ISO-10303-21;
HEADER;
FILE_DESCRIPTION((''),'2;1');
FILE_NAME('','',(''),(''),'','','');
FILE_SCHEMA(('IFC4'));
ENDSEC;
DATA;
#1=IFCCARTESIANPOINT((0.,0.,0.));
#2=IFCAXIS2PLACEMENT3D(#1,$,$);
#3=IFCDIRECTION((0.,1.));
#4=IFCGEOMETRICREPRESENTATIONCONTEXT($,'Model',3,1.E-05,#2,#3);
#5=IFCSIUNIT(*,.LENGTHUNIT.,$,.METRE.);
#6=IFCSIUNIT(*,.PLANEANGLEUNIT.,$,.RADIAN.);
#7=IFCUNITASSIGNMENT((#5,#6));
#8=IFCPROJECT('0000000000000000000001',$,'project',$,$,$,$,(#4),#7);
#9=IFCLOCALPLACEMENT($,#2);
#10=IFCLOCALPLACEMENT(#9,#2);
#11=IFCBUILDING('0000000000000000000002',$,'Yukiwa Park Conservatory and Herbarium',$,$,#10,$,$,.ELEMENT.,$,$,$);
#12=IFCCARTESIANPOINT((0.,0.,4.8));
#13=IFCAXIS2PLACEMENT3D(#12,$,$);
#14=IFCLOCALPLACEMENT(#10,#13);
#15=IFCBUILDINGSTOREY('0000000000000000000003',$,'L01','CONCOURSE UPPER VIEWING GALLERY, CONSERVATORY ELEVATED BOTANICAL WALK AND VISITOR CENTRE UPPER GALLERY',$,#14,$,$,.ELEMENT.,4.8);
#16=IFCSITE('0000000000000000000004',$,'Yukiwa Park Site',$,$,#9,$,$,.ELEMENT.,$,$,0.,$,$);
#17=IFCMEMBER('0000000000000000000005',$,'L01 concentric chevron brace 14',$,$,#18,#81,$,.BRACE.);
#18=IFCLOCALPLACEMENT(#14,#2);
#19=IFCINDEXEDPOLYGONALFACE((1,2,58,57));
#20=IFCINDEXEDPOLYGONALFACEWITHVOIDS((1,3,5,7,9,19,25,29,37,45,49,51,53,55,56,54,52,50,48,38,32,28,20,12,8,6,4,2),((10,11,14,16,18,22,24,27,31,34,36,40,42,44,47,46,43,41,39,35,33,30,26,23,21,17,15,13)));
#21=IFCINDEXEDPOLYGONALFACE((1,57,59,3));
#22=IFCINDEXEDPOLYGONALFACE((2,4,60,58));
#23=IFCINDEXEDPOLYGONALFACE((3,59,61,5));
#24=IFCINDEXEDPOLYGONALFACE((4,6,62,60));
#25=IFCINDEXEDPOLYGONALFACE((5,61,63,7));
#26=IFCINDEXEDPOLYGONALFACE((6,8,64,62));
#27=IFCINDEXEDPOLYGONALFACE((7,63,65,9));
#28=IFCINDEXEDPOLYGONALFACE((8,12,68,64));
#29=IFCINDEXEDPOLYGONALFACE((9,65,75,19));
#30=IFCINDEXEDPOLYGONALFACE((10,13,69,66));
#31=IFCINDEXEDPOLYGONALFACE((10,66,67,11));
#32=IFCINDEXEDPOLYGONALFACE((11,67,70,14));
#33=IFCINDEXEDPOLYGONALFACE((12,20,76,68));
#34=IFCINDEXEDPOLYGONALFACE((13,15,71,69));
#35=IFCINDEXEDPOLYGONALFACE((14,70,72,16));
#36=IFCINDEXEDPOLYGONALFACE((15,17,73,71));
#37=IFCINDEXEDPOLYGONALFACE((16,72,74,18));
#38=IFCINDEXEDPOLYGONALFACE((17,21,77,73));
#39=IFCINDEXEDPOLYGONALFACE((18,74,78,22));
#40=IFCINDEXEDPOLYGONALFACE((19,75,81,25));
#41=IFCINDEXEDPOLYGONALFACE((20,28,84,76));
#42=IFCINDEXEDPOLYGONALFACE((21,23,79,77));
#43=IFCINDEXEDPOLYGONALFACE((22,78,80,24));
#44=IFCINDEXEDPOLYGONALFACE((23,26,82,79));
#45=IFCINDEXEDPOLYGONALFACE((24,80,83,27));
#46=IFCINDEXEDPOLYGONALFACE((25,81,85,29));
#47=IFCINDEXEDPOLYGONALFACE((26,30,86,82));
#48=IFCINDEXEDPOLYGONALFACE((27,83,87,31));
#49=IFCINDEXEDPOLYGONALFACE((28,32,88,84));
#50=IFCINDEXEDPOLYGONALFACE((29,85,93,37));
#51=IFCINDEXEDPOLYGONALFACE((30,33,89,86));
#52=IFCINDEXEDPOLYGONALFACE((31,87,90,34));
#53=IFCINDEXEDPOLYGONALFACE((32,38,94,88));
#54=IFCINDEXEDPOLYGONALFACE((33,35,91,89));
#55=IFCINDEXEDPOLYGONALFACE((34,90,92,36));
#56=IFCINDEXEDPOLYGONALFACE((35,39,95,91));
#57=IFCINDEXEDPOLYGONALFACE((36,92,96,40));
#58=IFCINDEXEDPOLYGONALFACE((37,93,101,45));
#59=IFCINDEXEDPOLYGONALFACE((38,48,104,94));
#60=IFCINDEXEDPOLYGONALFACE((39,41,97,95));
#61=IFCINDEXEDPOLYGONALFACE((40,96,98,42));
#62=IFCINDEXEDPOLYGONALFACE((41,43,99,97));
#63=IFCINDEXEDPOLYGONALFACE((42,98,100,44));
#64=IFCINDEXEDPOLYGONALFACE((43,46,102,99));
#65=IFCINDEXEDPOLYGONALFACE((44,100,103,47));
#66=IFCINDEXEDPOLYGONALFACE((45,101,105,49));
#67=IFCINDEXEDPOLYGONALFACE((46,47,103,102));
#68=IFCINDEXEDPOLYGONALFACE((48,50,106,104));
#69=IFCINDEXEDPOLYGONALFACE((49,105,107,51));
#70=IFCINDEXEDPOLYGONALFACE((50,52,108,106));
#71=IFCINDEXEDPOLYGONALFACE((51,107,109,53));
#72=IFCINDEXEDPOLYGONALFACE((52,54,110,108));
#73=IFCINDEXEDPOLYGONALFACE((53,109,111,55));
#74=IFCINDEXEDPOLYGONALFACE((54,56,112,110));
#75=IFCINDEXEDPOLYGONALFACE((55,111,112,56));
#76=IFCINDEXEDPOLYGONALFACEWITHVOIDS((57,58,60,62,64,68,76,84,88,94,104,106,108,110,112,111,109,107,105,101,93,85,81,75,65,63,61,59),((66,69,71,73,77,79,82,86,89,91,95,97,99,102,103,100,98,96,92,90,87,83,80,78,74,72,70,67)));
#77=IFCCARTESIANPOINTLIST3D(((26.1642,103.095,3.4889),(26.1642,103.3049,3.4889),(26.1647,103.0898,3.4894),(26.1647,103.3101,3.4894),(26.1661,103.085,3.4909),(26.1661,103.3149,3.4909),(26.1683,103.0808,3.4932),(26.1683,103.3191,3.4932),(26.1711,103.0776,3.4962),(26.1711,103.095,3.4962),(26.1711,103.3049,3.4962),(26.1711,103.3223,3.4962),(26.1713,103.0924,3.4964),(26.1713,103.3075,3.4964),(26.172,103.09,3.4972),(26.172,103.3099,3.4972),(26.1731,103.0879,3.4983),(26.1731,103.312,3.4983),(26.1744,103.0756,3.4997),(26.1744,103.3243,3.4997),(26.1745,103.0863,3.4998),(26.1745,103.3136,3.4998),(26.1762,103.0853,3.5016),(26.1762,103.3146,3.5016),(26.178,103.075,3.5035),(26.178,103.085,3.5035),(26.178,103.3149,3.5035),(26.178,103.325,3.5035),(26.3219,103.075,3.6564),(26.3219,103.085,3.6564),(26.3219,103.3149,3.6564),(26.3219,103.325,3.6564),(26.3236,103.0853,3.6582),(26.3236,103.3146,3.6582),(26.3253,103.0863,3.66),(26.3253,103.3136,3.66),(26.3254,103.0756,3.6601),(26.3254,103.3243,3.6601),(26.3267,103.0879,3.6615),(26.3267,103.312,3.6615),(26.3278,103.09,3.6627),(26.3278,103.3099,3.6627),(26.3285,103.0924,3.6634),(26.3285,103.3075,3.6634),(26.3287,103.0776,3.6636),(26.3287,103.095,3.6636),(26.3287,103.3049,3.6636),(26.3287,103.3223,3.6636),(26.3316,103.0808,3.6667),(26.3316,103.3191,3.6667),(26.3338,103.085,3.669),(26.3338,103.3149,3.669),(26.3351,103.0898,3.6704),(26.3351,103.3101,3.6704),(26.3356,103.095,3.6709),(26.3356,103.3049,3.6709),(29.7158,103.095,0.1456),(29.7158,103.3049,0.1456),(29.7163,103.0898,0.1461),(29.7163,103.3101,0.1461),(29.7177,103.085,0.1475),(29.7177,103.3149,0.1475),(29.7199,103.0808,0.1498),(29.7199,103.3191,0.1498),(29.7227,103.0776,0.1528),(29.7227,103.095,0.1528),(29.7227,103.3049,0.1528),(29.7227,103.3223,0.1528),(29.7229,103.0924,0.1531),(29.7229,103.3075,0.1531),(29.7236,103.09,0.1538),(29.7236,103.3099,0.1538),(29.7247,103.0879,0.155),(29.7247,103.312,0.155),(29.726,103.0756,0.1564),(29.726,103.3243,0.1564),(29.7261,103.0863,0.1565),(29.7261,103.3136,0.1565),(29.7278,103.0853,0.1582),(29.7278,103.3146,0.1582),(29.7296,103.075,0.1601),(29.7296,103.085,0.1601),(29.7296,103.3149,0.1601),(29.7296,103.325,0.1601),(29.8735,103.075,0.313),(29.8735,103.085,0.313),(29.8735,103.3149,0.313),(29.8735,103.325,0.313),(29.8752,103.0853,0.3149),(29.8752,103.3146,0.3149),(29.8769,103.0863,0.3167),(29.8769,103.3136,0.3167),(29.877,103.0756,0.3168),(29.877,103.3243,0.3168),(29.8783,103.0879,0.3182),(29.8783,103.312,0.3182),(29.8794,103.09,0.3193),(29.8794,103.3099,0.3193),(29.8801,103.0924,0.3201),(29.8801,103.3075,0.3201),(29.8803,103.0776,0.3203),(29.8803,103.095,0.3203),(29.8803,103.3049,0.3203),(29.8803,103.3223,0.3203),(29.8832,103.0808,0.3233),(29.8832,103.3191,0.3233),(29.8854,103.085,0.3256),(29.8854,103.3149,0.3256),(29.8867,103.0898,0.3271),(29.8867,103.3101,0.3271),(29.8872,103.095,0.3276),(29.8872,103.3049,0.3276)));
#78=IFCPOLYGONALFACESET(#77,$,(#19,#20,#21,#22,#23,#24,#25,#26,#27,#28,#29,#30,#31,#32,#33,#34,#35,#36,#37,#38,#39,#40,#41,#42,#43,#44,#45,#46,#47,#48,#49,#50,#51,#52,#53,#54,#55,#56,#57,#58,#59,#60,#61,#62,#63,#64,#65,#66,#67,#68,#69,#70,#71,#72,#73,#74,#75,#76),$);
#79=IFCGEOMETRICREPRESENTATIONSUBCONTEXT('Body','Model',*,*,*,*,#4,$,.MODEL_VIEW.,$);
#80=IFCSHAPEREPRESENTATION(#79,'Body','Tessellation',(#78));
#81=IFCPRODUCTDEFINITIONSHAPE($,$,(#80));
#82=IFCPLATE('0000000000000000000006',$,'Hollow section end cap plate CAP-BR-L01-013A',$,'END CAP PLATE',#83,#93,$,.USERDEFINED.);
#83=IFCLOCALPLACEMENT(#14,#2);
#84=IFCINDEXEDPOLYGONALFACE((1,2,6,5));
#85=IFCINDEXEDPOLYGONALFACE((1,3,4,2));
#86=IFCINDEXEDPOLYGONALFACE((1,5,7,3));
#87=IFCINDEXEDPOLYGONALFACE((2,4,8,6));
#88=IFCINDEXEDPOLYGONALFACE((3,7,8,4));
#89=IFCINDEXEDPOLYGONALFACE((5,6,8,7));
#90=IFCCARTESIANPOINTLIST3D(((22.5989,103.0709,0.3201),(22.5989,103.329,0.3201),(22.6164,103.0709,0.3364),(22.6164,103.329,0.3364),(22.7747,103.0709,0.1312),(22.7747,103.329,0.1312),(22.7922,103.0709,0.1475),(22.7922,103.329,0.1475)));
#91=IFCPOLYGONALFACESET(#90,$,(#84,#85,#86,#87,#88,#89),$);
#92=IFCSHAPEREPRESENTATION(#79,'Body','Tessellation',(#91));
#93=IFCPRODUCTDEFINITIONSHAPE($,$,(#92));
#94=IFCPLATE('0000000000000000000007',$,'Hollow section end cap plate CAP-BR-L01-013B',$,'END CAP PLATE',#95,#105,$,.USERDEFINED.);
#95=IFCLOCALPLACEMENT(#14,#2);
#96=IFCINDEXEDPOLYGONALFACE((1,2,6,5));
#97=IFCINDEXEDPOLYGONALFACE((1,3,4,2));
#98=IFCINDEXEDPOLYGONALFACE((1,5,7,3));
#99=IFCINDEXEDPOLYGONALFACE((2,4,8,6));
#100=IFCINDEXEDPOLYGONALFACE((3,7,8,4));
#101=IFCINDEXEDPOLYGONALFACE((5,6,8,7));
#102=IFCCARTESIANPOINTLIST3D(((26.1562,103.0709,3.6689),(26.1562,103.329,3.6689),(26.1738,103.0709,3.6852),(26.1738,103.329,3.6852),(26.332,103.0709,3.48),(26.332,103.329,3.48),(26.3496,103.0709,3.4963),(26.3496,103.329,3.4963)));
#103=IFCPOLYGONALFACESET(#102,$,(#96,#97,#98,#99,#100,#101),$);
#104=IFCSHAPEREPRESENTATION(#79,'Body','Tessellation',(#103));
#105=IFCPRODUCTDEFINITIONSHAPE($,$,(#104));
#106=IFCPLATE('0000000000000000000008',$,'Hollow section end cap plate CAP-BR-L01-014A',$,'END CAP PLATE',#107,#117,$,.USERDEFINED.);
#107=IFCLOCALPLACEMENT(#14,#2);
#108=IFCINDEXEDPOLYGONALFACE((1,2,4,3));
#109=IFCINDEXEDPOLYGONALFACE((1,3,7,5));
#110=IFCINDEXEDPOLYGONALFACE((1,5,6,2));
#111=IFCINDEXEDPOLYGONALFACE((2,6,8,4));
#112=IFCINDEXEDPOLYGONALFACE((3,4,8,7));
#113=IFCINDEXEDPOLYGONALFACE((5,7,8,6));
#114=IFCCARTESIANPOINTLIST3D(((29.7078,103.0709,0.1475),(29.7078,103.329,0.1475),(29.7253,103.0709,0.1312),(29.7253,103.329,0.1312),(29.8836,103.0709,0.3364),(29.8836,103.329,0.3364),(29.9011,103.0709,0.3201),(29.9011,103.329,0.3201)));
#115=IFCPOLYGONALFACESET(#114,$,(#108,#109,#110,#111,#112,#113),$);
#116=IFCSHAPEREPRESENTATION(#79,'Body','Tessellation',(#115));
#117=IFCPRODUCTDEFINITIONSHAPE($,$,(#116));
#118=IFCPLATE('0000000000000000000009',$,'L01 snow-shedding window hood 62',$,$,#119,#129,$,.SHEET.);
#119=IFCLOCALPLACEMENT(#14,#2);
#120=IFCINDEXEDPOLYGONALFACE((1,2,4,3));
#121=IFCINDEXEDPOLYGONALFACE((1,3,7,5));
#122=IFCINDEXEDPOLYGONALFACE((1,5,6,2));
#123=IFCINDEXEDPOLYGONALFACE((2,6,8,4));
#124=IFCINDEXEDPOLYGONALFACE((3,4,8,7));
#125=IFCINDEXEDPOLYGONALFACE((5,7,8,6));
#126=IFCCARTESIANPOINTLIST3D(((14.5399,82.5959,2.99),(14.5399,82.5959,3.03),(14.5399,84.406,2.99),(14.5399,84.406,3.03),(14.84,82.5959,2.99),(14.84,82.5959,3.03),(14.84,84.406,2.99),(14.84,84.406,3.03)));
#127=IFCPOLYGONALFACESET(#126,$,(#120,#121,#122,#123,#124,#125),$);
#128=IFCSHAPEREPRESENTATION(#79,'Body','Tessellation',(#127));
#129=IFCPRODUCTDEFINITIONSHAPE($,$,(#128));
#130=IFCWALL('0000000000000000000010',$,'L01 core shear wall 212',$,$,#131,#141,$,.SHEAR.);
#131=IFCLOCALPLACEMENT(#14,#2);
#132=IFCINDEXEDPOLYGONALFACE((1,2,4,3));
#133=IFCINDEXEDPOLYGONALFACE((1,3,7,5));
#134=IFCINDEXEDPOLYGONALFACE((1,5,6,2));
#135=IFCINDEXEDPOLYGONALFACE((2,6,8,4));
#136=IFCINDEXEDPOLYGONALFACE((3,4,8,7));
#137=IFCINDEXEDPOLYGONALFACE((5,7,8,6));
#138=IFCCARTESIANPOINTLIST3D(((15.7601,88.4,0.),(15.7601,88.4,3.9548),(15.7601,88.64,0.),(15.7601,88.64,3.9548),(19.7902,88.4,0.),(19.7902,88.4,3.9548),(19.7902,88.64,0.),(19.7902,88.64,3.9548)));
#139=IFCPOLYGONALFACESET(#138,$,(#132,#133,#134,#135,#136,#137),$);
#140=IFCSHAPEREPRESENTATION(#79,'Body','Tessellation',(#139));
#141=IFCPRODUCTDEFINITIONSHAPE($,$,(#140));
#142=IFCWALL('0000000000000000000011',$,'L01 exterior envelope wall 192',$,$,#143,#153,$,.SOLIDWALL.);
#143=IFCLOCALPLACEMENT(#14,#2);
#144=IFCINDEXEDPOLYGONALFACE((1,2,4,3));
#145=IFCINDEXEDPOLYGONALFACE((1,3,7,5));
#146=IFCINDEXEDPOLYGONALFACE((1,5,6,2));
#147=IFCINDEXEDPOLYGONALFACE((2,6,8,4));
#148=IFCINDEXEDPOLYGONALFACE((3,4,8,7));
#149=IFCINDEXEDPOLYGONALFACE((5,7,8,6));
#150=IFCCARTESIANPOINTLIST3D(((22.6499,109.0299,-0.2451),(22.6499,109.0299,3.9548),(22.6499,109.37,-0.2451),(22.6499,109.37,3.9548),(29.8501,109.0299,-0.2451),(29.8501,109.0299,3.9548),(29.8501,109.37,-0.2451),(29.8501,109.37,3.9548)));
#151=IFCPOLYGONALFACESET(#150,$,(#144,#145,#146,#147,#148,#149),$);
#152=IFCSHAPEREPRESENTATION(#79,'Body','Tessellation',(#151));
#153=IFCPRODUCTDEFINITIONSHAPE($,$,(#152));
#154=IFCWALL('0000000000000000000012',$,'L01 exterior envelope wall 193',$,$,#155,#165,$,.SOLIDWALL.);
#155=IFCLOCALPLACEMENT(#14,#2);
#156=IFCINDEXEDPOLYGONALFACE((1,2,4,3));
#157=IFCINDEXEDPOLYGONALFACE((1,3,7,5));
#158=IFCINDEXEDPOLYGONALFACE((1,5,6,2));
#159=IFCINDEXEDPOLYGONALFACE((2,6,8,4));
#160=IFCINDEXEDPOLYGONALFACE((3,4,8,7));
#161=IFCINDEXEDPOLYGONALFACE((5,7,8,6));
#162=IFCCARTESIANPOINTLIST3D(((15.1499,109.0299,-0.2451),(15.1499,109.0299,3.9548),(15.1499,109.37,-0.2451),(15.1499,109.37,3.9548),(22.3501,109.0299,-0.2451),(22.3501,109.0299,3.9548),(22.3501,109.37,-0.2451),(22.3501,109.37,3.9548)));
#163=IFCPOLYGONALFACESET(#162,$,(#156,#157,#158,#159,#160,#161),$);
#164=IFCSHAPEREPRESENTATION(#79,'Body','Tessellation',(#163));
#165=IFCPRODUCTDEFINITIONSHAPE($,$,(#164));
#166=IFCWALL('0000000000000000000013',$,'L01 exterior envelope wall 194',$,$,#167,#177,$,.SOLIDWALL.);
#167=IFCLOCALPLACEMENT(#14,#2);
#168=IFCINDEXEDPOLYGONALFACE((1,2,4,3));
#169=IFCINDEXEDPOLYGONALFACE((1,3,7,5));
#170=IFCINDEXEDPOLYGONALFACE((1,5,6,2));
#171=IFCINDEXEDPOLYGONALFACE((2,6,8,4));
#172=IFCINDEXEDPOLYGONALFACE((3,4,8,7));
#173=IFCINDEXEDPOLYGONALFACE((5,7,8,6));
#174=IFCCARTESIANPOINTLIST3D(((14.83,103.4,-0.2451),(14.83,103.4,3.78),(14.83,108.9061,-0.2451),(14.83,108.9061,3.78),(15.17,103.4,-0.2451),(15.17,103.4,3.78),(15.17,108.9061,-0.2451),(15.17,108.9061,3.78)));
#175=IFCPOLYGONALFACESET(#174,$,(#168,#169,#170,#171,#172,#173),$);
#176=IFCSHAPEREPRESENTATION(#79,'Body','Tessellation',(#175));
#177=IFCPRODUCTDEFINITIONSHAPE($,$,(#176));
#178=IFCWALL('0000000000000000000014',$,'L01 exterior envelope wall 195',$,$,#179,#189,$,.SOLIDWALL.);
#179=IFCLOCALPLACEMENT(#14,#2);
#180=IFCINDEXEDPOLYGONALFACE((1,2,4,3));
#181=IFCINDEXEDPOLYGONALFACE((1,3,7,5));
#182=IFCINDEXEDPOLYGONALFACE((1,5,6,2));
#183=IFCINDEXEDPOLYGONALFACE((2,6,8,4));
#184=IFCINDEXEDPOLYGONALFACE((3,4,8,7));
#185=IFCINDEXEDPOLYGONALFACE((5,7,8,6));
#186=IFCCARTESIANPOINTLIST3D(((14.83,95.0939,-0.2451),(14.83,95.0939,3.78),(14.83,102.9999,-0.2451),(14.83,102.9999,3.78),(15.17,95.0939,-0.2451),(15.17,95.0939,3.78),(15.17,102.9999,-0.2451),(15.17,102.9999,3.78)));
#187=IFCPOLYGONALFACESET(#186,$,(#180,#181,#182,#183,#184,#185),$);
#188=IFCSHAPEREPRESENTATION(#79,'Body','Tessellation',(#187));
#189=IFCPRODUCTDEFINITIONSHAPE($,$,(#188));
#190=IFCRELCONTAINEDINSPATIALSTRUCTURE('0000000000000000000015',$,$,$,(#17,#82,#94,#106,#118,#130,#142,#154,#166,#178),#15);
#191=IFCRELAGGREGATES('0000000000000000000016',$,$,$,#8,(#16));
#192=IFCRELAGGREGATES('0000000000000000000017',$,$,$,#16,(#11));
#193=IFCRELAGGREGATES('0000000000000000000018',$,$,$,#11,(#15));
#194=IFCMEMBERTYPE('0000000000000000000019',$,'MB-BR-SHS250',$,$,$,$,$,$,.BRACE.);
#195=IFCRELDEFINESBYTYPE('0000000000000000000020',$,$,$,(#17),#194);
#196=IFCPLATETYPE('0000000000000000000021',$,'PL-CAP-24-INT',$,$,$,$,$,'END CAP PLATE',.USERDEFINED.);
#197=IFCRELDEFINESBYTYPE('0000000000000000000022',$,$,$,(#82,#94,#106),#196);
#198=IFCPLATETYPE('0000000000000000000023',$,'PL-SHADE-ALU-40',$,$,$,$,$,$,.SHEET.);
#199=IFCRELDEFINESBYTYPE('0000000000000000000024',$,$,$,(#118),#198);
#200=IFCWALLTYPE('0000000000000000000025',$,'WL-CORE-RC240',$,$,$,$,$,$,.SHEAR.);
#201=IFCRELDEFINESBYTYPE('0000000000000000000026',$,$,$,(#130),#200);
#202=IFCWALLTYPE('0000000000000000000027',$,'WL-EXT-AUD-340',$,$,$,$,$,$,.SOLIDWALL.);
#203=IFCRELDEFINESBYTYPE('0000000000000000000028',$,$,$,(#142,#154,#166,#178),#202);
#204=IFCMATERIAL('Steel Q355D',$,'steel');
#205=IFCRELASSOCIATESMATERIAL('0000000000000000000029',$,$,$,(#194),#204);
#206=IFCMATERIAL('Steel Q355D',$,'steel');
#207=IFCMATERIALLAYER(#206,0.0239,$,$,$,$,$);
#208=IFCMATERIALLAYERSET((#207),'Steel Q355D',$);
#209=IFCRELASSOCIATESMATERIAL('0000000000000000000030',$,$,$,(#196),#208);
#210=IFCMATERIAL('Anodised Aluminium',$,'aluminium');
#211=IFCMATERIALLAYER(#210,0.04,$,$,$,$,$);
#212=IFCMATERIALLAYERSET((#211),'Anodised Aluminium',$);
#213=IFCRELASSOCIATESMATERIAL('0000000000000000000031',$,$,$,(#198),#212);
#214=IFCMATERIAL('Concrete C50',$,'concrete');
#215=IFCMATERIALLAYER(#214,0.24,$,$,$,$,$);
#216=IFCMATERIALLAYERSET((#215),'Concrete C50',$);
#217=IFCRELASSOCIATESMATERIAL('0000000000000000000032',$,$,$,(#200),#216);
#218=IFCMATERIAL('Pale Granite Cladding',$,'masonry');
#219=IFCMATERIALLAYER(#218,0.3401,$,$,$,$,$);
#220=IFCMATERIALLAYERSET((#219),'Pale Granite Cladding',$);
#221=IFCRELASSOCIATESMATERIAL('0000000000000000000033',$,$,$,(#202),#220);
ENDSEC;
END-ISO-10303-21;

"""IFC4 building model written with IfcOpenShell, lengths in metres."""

from ifc_helpers import new_model, si_unit, direction, frame, frame_2d, origin, origin_2d, place, context, subcontext, project, spatial, rectangle, hollow_rectangle, extrude, material, layer, layer_set, material_profile, profile_set, type_object, element, save


model = new_model("IFC4")

# Units and contexts
model_context = context("Model", 3, precision=1e-05, world=origin(), true_north=direction((0.0, 1.0)))
body_context = subcontext(model_context, "Body", "Model", "MODEL_VIEW")
ifc_project = project(units=[si_unit("LENGTHUNIT", "METRE"), si_unit("PLANEANGLEUNIT", "RADIAN")], contexts=[model_context])

# Site, building, storey
site_placement = place(None, origin())
site = spatial("IfcSite", under=ifc_project, at=site_placement, Name="Yukiwa Park Site", CompositionType="ELEMENT", RefElevation=0.0)
building_placement = place(site_placement, origin())
building = spatial("IfcBuilding", under=site, at=building_placement, Name="Yukiwa Park Conservatory and Herbarium", CompositionType="ELEMENT")
storey_placement = place(building_placement, frame((0.0, 0.0, 4.8)))
storey = spatial("IfcBuildingStorey", under=building, at=storey_placement, Name="L01", Description="CONCOURSE UPPER VIEWING GALLERY, CONSERVATORY ELEVATED BOTANICAL WALK AND VISITOR CENTRE UPPER GALLERY", CompositionType="ELEMENT", Elevation=4.8)

# Member
ifc_material_1 = material(Name="Steel Q355D", Category="steel")
ifc_material_profile_1 = material_profile(ifc_material_1, hollow_rectangle(XDim=0.25, YDim=0.25, WallThickness=0.01, InnerFilletRadius=0.01, OuterFilletRadius=0.02, at=origin_2d()), Name="SHS 250x250x10")
ifc_profile_set_1 = profile_set([ifc_material_profile_1], Name="Steel Q355D")
member_type = type_object("IfcMemberType", Name="MB-BR-SHS250", PredefinedType="BRACE", material=ifc_profile_set_1)
for number, where, z_axis, x_axis, name in (
    (1, (29.8015, 103.2, 0.2366), (-0.728132, 0.0, 0.685437), (0.0, -1.0, 0.0), "L01 concentric chevron brace 14"),
):
    element("IfcMember", number, at=place(storey_placement, frame(where, z_axis=z_axis, x_axis=x_axis)), inside=storey, type_object=member_type, Name=name, PredefinedType="BRACE", context=body_context, shape_type="SweptSolid", body=[
        extrude(hollow_rectangle(XDim=0.25, YDim=0.25, WallThickness=0.01, InnerFilletRadius=0.01, OuterFilletRadius=0.02, at=origin_2d()), origin(), (0.0, 0.0, 1.0), 4.8777),
    ])

# Plates
ifc_material_2 = material(Name="Steel Q355D", Category="steel")
ifc_layer_1 = layer(ifc_material_2, 0.0239)
ifc_layer_set_1 = layer_set([ifc_layer_1], Name="Steel Q355D")
plate_type_1 = type_object("IfcPlateType", Name="PL-CAP-24-INT", ElementType="END CAP PLATE", PredefinedType="USERDEFINED", material=ifc_layer_set_1)
for number, where, z_axis, x_axis, name in (
    (2, (22.7043, 103.2, 0.2419), (-0.732069, 0.0, -0.681231), (0.0, -1.0, 0.0), "Hollow section end cap plate CAP-BR-L01-013A"),
    (3, (26.2441, 103.2, 3.5745), (0.732069, 0.0, 0.681231), (0.0, 1.0, 0.0), "Hollow section end cap plate CAP-BR-L01-013B"),
    (4, (29.7957, 103.2, 0.2419), (0.732069, 0.0, -0.681231), (0.0, 1.0, 0.0), "Hollow section end cap plate CAP-BR-L01-014A"),
):
    element("IfcPlate", number, at=place(storey_placement, frame(where, z_axis=z_axis, x_axis=x_axis)), inside=storey, type_object=plate_type_1, Name=name, ObjectType="END CAP PLATE", PredefinedType="USERDEFINED", context=body_context, shape_type="SweptSolid", body=[
        extrude(rectangle(XDim=0.2581, YDim=0.2581, at=origin_2d()), origin(), (0.0, 0.0, 1.0), 0.0239),
    ])
ifc_material_3 = material(Name="Anodised Aluminium", Category="aluminium")
ifc_layer_2 = layer(ifc_material_3, 0.04)
ifc_layer_set_2 = layer_set([ifc_layer_2], Name="Anodised Aluminium")
plate_type_2 = type_object("IfcPlateType", Name="PL-SHADE-ALU-40", PredefinedType="SHEET", material=ifc_layer_set_2)
plate_placement = place(storey_placement, frame((14.6899, 83.501, 2.99), z_axis=(0.0, 0.0, 1.0), x_axis=(0.0, -1.0, 0.0)))
element("IfcPlate", 5, at=plate_placement, inside=storey, type_object=plate_type_2, Name="L01 snow-shedding window hood 62", PredefinedType="SHEET", context=body_context, shape_type="SweptSolid", body=[
    extrude(rectangle(XDim=1.8101, YDim=0.3, at=origin_2d()), origin(), (0.0, 0.0, 1.0), 0.04),
])

# Walls
ifc_material_4 = material(Name="Concrete C50", Category="concrete")
ifc_layer_3 = layer(ifc_material_4, 0.24)
ifc_layer_set_3 = layer_set([ifc_layer_3], Name="Concrete C50")
wall_type_1 = type_object("IfcWallType", Name="WL-CORE-RC240", PredefinedType="SHEAR", material=ifc_layer_set_3)
wall_1_placement = place(storey_placement, frame((15.76, 88.52, 0.0), z_axis=(0.0, 0.0, 1.0), x_axis=(1.0, 0.0, 0.0)))
element("IfcWall", 6, at=wall_1_placement, inside=storey, type_object=wall_type_1, Name="L01 core shear wall 212", PredefinedType="SHEAR", context=body_context, shape_type="SweptSolid", body=[
    extrude(rectangle(XDim=4.03, YDim=0.24, at=frame_2d((2.0151, 0.0))), origin(), (0.0, 0.0, 1.0), 3.9548),
])
ifc_material_5 = material(Name="Pale Granite Cladding", Category="masonry")
ifc_layer_4 = layer(ifc_material_5, 0.3401)
ifc_layer_set_4 = layer_set([ifc_layer_4], Name="Pale Granite Cladding")
wall_type_2 = type_object("IfcWallType", Name="WL-EXT-AUD-340", PredefinedType="SOLIDWALL", material=ifc_layer_set_4)
for number, where, z_axis, x_axis, name in (
    (7, (29.8501, 109.2, -0.2451), (0.0, 0.0, 1.0), (-1.0, 0.0, 0.0), "L01 exterior envelope wall 192"),
    (8, (22.3501, 109.2, -0.2451), (0.0, 0.0, 1.0), (-1.0, 0.0, 0.0), "L01 exterior envelope wall 193"),
):
    element("IfcWall", number, at=place(storey_placement, frame(where, z_axis=z_axis, x_axis=x_axis)), inside=storey, type_object=wall_type_2, Name=name, PredefinedType="SOLIDWALL", context=body_context, shape_type="SweptSolid", body=[
        extrude(rectangle(XDim=7.2002, YDim=0.3401, at=frame_2d((3.6001, 0.0))), origin(), (0.0, 0.0, 1.0), 4.2),
    ])
wall_2_placement = place(storey_placement, frame((15.0, 108.906, -0.2451), z_axis=(0.0, 0.0, 1.0), x_axis=(0.0, -1.0, 0.0)))
element("IfcWall", 9, at=wall_2_placement, inside=storey, type_object=wall_type_2, Name="L01 exterior envelope wall 194", PredefinedType="SOLIDWALL", context=body_context, shape_type="SweptSolid", body=[
    extrude(rectangle(XDim=5.5061, YDim=0.3401, at=frame_2d((2.7529, 0.0))), origin(), (0.0, 0.0, 1.0), 4.0251),
])
wall_3_placement = place(storey_placement, frame((15.0, 103.0, -0.2451), z_axis=(0.0, 0.0, 1.0), x_axis=(0.0, -1.0, 0.0)))
element("IfcWall", 10, at=wall_3_placement, inside=storey, type_object=wall_type_2, Name="L01 exterior envelope wall 195", PredefinedType="SOLIDWALL", context=body_context, shape_type="SweptSolid", body=[
    extrude(rectangle(XDim=7.906, YDim=0.3401, at=frame_2d((3.9531, 0.0))), origin(), (0.0, 0.0, 1.0), 4.0251),
])

save(model, "model.ifc")
